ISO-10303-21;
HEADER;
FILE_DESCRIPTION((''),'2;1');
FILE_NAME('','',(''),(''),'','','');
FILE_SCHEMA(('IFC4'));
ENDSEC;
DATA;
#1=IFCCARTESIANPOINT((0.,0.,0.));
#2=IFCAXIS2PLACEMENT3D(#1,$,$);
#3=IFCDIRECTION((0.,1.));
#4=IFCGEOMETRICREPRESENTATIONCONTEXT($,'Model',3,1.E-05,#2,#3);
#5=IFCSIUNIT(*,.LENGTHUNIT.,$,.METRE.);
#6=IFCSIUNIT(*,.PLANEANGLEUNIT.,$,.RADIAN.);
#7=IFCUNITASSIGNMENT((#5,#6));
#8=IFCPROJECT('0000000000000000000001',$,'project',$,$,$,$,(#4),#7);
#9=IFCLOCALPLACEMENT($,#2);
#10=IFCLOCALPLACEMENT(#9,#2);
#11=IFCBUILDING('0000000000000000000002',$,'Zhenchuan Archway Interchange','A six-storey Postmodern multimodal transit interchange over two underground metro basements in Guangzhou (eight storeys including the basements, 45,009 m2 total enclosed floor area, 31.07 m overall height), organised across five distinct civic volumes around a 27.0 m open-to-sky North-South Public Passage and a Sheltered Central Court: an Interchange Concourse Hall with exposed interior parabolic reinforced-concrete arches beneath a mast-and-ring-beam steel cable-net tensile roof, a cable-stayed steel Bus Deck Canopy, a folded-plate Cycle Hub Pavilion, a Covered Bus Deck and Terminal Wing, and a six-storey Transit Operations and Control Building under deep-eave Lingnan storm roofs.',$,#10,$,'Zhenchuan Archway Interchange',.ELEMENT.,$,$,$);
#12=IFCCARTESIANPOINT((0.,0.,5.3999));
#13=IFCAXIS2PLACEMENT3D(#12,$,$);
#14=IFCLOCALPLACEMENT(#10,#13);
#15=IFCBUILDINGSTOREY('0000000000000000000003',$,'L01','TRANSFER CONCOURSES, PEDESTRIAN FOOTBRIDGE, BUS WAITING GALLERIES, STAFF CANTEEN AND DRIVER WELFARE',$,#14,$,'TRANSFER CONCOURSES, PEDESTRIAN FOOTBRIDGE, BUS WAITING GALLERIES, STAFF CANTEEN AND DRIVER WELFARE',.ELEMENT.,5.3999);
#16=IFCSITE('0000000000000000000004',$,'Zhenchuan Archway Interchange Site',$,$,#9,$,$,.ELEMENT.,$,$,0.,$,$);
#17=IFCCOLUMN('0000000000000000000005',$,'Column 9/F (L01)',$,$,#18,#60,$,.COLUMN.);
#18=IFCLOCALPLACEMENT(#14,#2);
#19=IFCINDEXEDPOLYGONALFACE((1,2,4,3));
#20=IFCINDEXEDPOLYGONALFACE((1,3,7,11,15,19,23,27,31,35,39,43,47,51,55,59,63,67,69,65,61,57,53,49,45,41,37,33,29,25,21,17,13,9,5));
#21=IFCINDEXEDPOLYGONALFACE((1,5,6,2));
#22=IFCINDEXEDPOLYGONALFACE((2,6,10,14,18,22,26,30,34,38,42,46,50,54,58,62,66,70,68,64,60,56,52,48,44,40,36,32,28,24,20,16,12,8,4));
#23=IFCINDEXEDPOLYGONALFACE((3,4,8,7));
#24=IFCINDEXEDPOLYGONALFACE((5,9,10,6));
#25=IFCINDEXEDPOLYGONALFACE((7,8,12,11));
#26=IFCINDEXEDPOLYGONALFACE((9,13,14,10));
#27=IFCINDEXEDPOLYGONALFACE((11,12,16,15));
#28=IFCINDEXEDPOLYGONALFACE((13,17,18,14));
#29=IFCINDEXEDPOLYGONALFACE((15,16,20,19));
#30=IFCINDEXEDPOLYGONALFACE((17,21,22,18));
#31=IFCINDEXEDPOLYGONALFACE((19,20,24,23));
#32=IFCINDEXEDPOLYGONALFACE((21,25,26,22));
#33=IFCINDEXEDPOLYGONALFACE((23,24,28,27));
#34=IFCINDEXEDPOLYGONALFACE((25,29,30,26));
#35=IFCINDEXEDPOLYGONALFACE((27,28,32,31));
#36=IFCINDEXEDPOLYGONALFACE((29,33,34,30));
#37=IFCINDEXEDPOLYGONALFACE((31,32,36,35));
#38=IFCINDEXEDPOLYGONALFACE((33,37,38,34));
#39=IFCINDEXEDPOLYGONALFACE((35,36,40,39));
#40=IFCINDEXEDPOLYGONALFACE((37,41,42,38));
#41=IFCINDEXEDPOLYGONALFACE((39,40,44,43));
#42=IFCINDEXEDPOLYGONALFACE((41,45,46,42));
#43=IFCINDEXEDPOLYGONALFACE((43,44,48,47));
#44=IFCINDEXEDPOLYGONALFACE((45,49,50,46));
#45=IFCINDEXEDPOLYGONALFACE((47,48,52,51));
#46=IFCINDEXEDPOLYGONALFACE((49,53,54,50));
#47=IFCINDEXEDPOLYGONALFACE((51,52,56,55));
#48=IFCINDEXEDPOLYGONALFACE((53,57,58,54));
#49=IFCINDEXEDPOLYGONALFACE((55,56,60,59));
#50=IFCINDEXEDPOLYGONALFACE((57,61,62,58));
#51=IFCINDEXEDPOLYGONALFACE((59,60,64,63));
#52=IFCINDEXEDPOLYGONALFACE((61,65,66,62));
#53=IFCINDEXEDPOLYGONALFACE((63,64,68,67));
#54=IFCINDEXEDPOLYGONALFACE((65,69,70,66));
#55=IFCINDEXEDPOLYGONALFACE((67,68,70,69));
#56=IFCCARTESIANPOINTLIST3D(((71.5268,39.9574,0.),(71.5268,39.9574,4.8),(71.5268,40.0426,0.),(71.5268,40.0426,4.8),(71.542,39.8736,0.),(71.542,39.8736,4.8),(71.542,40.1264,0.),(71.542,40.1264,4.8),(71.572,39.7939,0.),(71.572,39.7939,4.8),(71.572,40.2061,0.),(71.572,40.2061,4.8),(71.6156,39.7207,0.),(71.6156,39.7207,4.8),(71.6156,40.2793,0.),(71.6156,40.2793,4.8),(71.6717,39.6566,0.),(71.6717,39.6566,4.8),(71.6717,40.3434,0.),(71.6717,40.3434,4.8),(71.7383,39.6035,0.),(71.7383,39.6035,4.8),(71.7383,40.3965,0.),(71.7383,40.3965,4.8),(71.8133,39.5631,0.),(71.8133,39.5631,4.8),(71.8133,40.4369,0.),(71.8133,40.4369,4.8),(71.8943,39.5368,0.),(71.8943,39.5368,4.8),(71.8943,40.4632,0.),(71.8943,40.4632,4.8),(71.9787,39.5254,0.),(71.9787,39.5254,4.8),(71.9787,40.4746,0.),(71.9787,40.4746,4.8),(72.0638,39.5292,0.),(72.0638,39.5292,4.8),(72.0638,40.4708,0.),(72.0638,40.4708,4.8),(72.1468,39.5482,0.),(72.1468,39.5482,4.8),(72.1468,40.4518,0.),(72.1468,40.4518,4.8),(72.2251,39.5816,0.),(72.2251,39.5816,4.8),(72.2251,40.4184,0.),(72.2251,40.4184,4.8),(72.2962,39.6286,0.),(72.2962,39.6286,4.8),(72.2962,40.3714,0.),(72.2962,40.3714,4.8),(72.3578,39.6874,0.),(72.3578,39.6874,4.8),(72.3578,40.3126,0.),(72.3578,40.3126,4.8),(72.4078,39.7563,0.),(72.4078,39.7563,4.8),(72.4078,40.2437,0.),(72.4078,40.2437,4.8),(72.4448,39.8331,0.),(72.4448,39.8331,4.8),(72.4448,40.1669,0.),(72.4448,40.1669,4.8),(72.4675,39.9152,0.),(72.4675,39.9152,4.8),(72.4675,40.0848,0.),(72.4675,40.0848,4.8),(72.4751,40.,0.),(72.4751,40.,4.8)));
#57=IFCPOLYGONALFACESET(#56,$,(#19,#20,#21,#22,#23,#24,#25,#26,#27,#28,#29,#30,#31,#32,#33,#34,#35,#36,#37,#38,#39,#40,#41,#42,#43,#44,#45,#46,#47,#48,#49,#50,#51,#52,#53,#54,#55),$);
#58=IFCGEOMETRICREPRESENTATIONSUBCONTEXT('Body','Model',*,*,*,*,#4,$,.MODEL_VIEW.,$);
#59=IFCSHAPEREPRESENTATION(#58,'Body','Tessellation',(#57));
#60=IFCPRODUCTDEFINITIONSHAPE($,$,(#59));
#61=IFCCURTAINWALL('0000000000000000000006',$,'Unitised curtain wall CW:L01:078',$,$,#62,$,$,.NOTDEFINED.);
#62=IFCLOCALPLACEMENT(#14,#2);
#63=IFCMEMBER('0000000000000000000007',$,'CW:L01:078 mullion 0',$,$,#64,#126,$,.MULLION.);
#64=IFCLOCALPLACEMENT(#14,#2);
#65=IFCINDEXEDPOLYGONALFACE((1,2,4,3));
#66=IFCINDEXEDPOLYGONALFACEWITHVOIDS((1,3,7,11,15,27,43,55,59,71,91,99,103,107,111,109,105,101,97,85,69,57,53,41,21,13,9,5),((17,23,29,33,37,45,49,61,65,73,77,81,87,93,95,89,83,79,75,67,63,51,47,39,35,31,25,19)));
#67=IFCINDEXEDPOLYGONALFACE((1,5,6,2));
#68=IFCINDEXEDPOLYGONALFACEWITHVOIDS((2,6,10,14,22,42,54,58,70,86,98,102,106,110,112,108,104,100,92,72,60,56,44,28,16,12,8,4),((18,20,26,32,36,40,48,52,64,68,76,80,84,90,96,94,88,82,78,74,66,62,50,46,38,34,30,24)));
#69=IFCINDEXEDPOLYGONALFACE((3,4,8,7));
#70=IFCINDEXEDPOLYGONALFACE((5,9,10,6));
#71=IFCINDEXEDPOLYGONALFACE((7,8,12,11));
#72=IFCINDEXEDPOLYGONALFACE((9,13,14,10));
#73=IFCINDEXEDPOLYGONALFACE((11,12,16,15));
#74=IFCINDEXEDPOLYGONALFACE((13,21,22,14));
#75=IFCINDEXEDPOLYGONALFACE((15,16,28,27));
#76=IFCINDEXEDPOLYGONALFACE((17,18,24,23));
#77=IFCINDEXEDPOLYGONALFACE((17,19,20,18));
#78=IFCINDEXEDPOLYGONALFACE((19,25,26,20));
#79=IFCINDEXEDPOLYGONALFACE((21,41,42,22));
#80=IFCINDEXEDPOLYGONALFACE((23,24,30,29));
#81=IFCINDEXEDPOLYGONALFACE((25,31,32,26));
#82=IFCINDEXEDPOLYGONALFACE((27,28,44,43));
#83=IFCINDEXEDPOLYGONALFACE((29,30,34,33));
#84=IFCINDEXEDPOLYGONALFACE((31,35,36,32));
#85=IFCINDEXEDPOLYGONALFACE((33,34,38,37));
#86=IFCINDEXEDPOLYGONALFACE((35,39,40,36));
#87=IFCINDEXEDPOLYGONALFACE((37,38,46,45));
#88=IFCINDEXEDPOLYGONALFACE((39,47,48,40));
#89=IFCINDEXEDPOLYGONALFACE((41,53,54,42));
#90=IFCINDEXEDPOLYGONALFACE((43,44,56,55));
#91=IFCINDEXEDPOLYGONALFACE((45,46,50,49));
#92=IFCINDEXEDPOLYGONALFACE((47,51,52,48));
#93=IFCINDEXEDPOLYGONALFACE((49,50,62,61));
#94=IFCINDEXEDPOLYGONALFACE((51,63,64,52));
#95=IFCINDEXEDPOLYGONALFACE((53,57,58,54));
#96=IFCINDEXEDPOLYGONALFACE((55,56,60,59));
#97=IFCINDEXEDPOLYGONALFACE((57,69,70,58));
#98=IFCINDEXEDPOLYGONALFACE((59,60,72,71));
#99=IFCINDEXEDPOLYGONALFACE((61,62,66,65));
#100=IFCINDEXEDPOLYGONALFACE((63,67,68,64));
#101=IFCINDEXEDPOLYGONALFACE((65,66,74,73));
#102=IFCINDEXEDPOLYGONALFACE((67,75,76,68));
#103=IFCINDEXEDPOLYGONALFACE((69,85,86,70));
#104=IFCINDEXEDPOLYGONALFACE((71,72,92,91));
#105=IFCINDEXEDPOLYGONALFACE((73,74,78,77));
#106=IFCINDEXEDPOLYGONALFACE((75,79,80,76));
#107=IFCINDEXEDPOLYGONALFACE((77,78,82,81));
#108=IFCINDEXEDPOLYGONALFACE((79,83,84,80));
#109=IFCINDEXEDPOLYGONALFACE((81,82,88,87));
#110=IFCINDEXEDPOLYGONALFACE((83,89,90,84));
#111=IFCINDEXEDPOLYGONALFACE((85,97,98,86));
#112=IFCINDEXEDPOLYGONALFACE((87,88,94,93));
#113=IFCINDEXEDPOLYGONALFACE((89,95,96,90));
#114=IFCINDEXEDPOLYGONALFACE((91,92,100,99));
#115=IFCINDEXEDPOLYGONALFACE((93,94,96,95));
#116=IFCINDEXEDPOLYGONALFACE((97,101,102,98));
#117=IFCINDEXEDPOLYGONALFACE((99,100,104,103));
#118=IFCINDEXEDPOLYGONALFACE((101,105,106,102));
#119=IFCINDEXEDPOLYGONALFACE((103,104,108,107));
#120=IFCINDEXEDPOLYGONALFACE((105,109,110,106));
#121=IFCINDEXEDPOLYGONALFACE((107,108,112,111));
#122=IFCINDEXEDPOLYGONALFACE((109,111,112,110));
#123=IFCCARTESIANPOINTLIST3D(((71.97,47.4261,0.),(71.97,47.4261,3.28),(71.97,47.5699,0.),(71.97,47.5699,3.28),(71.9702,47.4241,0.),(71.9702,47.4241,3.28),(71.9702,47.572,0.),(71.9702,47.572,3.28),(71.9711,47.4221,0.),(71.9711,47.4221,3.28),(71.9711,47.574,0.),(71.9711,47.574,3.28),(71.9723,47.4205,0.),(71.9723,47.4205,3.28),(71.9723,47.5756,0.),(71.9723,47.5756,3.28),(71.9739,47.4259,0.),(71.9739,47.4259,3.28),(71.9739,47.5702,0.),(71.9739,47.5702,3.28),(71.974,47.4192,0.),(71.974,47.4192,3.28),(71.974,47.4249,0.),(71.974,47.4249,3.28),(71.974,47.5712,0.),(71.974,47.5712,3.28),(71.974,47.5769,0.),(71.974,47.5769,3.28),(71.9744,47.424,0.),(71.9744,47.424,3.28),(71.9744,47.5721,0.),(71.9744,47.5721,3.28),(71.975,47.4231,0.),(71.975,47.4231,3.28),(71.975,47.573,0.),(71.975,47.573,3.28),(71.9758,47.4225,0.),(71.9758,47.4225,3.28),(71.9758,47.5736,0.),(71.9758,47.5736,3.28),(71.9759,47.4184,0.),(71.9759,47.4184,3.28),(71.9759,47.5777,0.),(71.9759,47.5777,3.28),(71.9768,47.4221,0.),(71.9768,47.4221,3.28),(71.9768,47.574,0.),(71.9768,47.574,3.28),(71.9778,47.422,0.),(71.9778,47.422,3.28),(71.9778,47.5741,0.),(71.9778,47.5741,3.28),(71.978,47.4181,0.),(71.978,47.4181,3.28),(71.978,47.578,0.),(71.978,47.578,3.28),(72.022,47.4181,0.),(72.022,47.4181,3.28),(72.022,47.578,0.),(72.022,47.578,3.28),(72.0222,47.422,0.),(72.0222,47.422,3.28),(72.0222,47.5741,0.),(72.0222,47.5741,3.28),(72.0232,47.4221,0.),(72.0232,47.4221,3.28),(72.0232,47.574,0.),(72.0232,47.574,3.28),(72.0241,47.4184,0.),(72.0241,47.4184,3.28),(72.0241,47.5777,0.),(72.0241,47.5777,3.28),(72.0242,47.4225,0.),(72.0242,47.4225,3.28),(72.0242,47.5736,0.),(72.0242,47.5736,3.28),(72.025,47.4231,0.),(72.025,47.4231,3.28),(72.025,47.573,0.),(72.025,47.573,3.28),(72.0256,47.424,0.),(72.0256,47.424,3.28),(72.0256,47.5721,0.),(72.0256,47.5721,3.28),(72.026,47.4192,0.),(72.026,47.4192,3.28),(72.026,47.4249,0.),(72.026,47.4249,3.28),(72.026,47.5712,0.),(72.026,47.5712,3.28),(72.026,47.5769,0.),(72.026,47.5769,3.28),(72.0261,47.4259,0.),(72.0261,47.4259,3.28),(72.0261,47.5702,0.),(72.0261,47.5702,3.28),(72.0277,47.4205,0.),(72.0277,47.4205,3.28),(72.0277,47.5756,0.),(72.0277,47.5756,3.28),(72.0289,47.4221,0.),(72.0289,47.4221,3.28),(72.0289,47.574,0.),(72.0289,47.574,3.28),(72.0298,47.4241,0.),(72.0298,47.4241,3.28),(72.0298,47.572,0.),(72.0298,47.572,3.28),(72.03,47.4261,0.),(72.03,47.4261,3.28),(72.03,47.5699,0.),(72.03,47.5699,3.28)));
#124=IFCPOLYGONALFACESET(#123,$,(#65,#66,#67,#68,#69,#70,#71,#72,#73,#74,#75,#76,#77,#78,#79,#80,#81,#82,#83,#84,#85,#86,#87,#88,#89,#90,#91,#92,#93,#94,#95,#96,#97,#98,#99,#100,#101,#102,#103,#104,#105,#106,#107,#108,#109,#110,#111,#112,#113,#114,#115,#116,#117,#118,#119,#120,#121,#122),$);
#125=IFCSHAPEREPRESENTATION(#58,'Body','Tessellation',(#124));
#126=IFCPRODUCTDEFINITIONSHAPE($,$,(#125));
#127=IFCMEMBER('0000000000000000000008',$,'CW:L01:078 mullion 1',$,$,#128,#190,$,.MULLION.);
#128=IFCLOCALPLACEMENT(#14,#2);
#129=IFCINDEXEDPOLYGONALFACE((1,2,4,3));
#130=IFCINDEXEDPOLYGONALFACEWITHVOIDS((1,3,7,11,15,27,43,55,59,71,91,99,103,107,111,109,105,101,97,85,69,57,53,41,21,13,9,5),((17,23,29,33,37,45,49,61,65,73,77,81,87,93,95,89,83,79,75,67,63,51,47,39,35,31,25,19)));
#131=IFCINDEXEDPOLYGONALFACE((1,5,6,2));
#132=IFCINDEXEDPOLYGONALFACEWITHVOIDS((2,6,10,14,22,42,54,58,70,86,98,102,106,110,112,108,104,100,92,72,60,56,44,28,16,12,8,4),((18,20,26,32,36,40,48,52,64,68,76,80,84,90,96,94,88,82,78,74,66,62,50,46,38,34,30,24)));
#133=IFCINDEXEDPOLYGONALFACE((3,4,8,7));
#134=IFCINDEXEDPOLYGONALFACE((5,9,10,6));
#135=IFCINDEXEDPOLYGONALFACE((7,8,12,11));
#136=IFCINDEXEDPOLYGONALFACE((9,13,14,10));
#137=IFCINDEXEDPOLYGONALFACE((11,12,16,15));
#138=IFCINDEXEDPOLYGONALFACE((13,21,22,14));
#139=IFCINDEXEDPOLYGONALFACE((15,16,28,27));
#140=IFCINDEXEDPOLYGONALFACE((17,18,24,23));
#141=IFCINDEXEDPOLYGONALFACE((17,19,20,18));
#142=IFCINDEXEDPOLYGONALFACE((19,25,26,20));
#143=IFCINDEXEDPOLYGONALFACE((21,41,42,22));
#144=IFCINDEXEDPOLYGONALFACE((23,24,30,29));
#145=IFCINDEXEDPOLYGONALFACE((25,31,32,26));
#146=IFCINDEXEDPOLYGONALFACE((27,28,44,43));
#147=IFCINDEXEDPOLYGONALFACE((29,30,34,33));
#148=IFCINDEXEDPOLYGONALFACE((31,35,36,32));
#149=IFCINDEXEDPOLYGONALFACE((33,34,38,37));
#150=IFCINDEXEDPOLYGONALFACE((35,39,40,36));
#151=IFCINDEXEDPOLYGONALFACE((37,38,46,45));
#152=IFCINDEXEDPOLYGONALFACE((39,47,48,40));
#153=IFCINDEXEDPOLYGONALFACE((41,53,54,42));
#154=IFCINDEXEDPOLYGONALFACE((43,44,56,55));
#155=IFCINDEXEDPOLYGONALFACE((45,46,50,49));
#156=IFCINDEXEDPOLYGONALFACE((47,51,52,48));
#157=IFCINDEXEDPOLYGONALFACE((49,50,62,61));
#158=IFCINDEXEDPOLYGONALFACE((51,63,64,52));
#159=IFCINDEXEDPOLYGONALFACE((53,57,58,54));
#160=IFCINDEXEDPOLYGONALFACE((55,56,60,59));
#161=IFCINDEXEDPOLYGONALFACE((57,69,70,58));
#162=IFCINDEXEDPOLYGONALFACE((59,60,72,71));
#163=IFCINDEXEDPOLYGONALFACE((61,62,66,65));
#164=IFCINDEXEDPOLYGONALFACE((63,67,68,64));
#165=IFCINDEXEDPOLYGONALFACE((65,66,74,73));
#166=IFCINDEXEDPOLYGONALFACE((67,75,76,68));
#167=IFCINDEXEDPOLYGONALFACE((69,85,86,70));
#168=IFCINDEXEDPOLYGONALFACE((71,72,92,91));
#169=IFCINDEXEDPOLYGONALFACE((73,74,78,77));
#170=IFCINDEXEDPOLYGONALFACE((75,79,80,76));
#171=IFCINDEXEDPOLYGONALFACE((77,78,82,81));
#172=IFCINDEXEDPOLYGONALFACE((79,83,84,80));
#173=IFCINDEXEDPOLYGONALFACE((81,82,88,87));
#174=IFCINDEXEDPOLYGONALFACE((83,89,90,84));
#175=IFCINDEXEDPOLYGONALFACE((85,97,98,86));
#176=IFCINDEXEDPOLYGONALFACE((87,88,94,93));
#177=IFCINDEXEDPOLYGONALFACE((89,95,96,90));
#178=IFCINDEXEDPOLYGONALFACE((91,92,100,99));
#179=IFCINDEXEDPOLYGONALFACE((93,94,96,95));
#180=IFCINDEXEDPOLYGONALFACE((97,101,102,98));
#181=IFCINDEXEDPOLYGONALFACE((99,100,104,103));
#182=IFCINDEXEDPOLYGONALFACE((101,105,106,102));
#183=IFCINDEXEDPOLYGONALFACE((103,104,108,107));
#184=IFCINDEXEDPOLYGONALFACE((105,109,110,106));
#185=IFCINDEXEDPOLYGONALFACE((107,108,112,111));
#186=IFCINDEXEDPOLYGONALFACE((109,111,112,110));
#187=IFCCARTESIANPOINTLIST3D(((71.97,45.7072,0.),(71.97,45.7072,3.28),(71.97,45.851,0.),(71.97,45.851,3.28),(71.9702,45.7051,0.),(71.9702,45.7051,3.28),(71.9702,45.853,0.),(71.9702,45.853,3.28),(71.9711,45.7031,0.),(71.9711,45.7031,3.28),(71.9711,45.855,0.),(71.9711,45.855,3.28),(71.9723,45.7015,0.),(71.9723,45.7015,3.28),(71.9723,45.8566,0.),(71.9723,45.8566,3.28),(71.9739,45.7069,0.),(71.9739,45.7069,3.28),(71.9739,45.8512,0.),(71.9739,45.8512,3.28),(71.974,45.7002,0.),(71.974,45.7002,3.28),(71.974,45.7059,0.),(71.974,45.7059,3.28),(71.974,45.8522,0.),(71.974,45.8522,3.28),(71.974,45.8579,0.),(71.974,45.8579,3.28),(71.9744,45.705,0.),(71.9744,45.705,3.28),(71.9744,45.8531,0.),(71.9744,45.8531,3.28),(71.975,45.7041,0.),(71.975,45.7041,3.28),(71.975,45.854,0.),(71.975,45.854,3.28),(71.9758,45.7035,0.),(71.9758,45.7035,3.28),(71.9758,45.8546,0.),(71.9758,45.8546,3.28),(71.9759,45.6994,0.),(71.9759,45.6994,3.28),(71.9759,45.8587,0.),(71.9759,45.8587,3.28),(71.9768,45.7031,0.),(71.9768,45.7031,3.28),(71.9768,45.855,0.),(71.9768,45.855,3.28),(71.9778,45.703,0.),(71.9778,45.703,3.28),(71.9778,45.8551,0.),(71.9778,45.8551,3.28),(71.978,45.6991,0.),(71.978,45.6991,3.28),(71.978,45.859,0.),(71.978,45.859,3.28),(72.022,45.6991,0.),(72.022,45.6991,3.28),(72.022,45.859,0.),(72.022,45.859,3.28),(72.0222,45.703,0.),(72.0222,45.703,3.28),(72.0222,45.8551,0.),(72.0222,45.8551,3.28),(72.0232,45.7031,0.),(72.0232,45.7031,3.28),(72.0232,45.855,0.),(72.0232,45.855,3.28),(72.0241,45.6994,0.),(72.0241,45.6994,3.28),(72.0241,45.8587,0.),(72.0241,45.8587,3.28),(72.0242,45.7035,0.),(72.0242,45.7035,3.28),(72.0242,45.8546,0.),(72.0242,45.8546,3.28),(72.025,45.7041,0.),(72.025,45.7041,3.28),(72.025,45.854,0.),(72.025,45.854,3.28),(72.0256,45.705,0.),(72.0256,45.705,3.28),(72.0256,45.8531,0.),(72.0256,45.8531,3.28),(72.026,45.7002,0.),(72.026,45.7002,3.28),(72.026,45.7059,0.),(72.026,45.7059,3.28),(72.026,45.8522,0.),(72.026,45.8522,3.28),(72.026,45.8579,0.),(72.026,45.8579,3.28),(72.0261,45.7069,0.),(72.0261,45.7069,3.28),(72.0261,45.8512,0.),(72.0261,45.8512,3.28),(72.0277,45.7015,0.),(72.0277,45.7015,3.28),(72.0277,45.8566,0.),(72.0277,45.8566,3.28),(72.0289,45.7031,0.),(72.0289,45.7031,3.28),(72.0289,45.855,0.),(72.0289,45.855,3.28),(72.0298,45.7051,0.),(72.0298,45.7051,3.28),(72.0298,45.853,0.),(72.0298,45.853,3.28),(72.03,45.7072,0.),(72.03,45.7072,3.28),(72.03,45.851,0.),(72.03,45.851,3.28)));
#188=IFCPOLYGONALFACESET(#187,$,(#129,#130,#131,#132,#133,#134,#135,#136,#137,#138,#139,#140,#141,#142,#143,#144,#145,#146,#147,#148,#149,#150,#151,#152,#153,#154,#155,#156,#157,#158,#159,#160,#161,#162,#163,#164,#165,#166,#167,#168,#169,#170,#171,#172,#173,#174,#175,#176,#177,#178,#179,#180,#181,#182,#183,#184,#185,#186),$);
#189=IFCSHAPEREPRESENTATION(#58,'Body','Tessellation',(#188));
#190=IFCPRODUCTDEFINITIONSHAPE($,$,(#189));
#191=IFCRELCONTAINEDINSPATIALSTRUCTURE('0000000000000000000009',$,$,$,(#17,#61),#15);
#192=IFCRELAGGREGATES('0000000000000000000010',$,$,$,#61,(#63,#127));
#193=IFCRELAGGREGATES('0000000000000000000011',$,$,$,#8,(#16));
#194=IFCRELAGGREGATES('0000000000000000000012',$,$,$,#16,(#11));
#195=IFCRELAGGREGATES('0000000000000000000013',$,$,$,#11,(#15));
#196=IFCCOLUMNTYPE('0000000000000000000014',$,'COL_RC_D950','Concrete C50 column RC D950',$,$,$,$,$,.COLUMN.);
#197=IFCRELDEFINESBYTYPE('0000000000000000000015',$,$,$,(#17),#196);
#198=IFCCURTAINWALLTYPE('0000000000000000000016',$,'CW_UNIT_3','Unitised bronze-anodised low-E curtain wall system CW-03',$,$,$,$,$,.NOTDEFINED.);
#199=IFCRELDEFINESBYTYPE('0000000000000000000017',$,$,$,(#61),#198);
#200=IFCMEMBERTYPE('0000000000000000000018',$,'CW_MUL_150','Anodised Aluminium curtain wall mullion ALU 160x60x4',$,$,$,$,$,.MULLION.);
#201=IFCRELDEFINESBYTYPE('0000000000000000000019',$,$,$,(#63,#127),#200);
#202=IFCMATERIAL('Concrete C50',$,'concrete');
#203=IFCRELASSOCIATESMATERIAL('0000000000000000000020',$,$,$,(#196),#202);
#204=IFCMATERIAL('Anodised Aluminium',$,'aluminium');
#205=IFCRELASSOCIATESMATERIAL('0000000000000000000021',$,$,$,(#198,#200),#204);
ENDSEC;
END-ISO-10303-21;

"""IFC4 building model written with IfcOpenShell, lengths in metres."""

from ifc_helpers import new_model, si_unit, direction, frame, origin, origin_2d, place, context, subcontext, project, spatial, hollow_rectangle, circle, extrude, material, material_profile, profile_set, type_object, element, aggregate, save


model = new_model("IFC4")

# Units and contexts
model_context = context("Model", 3, precision=1e-05, world=origin(), true_north=direction((0.0, 1.0)))
body_context = subcontext(model_context, "Body", "Model", "MODEL_VIEW")
ifc_project = project(units=[si_unit("LENGTHUNIT", "METRE"), si_unit("PLANEANGLEUNIT", "RADIAN")], contexts=[model_context])

# Site, building, storey
site_placement = place(None, origin())
site = spatial("IfcSite", under=ifc_project, at=site_placement, Name="Zhenchuan Archway Interchange Site", CompositionType="ELEMENT", RefElevation=0.0)
building_placement = place(site_placement, origin())
building = spatial("IfcBuilding", under=site, at=building_placement, Name="Zhenchuan Archway Interchange", Description="A six-storey Postmodern multimodal transit interchange over two underground metro basements in Guangzhou (eight storeys including the basements, 45,009 m2 total enclosed floor area, 31.07 m overall height), organised across five distinct civic volumes around a 27.0 m open-to-sky North-South Public Passage and a Sheltered Central Court: an Interchange Concourse Hall with exposed interior parabolic reinforced-concrete arches beneath a mast-and-ring-beam steel cable-net tensile roof, a cable-stayed steel Bus Deck Canopy, a folded-plate Cycle Hub Pavilion, a Covered Bus Deck and Terminal Wing, and a six-storey Transit Operations and Control Building under deep-eave Lingnan storm roofs.", LongName="Zhenchuan Archway Interchange", CompositionType="ELEMENT")
storey_placement = place(building_placement, frame((0.0, 0.0, 5.3999)))
storey = spatial("IfcBuildingStorey", under=building, at=storey_placement, Name="L01", Description="TRANSFER CONCOURSES, PEDESTRIAN FOOTBRIDGE, BUS WAITING GALLERIES, STAFF CANTEEN AND DRIVER WELFARE", LongName="TRANSFER CONCOURSES, PEDESTRIAN FOOTBRIDGE, BUS WAITING GALLERIES, STAFF CANTEEN AND DRIVER WELFARE", CompositionType="ELEMENT", Elevation=5.3999)

# Column
ifc_material_1 = material(Name="Concrete C50", Category="concrete")
ifc_material_profile_1 = material_profile(ifc_material_1, circle(Radius=0.4751, at=origin_2d()), Name="RC D950")
ifc_profile_set_1 = profile_set([ifc_material_profile_1], Name="Concrete C50")
column_type = type_object("IfcColumnType", Name="COL_RC_D950", Description="Concrete C50 column RC D950", PredefinedType="COLUMN", material=ifc_profile_set_1)
column_placement = place(storey_placement, frame((72.0, 40.0, 0.0), z_axis=(0.0, 0.0, 1.0), x_axis=(1.0, 0.0, 0.0)))
element("IfcColumn", 1, at=column_placement, inside=storey, type_object=column_type, Name="Column 9/F (L01)", PredefinedType="COLUMN", context=body_context, shape_type="SweptSolid", body=[
    extrude(circle(Radius=0.4751, at=origin_2d()), origin(), (0.0, 0.0, 1.0), 4.8),
])

# Curtain wall, members
ifc_material_2 = material(Name="Anodised Aluminium", Category="aluminium")
curtain_wall_type = type_object("IfcCurtainWallType", Name="CW_UNIT_3", Description="Unitised bronze-anodised low-E curtain wall system CW-03", PredefinedType="NOTDEFINED", material=ifc_material_2)
curtain_wall_placement = place(storey_placement, origin())
curtain_wall = element("IfcCurtainWall", 2, at=curtain_wall_placement, inside=storey, type_object=curtain_wall_type, Name="Unitised curtain wall CW:L01:078", PredefinedType="NOTDEFINED")
ifc_material_profile_2 = material_profile(ifc_material_2, hollow_rectangle(XDim=0.0601, YDim=0.1599, WallThickness=0.0039, InnerFilletRadius=0.0039, OuterFilletRadius=0.0081, at=origin_2d()), Name="ALU 160x60x4")
ifc_profile_set_2 = profile_set([ifc_material_profile_2], Name="Anodised Aluminium")
member_type_1 = type_object("IfcMemberType", Name="CW_MUL_150", Description="Anodised Aluminium curtain wall mullion ALU 160x60x4", PredefinedType="MULLION", material=ifc_profile_set_2)
member_1_placement = place(storey_placement, frame((72.0, 47.498, 0.0), z_axis=(0.0, 0.0, 1.0), x_axis=(1.0, 0.0, 0.0)))
member_1 = element("IfcMember", 3, at=member_1_placement, type_object=member_type_1, Name="CW:L01:078 mullion 0", PredefinedType="MULLION", context=body_context, shape_type="SweptSolid", body=[
    extrude(hollow_rectangle(XDim=0.0601, YDim=0.1599, WallThickness=0.0039, InnerFilletRadius=0.0039, OuterFilletRadius=0.0081, at=origin_2d()), origin(), (0.0, 0.0, 1.0), 3.28),
])
member_2_placement = place(storey_placement, frame((72.0, 45.7791, 0.0), z_axis=(0.0, 0.0, 1.0), x_axis=(1.0, 0.0, 0.0)))
member_2 = element("IfcMember", 4, at=member_2_placement, type_object=member_type_1, Name="CW:L01:078 mullion 1", PredefinedType="MULLION", context=body_context, shape_type="SweptSolid", body=[
    extrude(hollow_rectangle(XDim=0.0601, YDim=0.1599, WallThickness=0.0039, InnerFilletRadius=0.0039, OuterFilletRadius=0.0081, at=origin_2d()), origin(), (0.0, 0.0, 1.0), 3.28),
])

aggregate(curtain_wall, [member_1, member_2])

save(model, "model.ifc")
